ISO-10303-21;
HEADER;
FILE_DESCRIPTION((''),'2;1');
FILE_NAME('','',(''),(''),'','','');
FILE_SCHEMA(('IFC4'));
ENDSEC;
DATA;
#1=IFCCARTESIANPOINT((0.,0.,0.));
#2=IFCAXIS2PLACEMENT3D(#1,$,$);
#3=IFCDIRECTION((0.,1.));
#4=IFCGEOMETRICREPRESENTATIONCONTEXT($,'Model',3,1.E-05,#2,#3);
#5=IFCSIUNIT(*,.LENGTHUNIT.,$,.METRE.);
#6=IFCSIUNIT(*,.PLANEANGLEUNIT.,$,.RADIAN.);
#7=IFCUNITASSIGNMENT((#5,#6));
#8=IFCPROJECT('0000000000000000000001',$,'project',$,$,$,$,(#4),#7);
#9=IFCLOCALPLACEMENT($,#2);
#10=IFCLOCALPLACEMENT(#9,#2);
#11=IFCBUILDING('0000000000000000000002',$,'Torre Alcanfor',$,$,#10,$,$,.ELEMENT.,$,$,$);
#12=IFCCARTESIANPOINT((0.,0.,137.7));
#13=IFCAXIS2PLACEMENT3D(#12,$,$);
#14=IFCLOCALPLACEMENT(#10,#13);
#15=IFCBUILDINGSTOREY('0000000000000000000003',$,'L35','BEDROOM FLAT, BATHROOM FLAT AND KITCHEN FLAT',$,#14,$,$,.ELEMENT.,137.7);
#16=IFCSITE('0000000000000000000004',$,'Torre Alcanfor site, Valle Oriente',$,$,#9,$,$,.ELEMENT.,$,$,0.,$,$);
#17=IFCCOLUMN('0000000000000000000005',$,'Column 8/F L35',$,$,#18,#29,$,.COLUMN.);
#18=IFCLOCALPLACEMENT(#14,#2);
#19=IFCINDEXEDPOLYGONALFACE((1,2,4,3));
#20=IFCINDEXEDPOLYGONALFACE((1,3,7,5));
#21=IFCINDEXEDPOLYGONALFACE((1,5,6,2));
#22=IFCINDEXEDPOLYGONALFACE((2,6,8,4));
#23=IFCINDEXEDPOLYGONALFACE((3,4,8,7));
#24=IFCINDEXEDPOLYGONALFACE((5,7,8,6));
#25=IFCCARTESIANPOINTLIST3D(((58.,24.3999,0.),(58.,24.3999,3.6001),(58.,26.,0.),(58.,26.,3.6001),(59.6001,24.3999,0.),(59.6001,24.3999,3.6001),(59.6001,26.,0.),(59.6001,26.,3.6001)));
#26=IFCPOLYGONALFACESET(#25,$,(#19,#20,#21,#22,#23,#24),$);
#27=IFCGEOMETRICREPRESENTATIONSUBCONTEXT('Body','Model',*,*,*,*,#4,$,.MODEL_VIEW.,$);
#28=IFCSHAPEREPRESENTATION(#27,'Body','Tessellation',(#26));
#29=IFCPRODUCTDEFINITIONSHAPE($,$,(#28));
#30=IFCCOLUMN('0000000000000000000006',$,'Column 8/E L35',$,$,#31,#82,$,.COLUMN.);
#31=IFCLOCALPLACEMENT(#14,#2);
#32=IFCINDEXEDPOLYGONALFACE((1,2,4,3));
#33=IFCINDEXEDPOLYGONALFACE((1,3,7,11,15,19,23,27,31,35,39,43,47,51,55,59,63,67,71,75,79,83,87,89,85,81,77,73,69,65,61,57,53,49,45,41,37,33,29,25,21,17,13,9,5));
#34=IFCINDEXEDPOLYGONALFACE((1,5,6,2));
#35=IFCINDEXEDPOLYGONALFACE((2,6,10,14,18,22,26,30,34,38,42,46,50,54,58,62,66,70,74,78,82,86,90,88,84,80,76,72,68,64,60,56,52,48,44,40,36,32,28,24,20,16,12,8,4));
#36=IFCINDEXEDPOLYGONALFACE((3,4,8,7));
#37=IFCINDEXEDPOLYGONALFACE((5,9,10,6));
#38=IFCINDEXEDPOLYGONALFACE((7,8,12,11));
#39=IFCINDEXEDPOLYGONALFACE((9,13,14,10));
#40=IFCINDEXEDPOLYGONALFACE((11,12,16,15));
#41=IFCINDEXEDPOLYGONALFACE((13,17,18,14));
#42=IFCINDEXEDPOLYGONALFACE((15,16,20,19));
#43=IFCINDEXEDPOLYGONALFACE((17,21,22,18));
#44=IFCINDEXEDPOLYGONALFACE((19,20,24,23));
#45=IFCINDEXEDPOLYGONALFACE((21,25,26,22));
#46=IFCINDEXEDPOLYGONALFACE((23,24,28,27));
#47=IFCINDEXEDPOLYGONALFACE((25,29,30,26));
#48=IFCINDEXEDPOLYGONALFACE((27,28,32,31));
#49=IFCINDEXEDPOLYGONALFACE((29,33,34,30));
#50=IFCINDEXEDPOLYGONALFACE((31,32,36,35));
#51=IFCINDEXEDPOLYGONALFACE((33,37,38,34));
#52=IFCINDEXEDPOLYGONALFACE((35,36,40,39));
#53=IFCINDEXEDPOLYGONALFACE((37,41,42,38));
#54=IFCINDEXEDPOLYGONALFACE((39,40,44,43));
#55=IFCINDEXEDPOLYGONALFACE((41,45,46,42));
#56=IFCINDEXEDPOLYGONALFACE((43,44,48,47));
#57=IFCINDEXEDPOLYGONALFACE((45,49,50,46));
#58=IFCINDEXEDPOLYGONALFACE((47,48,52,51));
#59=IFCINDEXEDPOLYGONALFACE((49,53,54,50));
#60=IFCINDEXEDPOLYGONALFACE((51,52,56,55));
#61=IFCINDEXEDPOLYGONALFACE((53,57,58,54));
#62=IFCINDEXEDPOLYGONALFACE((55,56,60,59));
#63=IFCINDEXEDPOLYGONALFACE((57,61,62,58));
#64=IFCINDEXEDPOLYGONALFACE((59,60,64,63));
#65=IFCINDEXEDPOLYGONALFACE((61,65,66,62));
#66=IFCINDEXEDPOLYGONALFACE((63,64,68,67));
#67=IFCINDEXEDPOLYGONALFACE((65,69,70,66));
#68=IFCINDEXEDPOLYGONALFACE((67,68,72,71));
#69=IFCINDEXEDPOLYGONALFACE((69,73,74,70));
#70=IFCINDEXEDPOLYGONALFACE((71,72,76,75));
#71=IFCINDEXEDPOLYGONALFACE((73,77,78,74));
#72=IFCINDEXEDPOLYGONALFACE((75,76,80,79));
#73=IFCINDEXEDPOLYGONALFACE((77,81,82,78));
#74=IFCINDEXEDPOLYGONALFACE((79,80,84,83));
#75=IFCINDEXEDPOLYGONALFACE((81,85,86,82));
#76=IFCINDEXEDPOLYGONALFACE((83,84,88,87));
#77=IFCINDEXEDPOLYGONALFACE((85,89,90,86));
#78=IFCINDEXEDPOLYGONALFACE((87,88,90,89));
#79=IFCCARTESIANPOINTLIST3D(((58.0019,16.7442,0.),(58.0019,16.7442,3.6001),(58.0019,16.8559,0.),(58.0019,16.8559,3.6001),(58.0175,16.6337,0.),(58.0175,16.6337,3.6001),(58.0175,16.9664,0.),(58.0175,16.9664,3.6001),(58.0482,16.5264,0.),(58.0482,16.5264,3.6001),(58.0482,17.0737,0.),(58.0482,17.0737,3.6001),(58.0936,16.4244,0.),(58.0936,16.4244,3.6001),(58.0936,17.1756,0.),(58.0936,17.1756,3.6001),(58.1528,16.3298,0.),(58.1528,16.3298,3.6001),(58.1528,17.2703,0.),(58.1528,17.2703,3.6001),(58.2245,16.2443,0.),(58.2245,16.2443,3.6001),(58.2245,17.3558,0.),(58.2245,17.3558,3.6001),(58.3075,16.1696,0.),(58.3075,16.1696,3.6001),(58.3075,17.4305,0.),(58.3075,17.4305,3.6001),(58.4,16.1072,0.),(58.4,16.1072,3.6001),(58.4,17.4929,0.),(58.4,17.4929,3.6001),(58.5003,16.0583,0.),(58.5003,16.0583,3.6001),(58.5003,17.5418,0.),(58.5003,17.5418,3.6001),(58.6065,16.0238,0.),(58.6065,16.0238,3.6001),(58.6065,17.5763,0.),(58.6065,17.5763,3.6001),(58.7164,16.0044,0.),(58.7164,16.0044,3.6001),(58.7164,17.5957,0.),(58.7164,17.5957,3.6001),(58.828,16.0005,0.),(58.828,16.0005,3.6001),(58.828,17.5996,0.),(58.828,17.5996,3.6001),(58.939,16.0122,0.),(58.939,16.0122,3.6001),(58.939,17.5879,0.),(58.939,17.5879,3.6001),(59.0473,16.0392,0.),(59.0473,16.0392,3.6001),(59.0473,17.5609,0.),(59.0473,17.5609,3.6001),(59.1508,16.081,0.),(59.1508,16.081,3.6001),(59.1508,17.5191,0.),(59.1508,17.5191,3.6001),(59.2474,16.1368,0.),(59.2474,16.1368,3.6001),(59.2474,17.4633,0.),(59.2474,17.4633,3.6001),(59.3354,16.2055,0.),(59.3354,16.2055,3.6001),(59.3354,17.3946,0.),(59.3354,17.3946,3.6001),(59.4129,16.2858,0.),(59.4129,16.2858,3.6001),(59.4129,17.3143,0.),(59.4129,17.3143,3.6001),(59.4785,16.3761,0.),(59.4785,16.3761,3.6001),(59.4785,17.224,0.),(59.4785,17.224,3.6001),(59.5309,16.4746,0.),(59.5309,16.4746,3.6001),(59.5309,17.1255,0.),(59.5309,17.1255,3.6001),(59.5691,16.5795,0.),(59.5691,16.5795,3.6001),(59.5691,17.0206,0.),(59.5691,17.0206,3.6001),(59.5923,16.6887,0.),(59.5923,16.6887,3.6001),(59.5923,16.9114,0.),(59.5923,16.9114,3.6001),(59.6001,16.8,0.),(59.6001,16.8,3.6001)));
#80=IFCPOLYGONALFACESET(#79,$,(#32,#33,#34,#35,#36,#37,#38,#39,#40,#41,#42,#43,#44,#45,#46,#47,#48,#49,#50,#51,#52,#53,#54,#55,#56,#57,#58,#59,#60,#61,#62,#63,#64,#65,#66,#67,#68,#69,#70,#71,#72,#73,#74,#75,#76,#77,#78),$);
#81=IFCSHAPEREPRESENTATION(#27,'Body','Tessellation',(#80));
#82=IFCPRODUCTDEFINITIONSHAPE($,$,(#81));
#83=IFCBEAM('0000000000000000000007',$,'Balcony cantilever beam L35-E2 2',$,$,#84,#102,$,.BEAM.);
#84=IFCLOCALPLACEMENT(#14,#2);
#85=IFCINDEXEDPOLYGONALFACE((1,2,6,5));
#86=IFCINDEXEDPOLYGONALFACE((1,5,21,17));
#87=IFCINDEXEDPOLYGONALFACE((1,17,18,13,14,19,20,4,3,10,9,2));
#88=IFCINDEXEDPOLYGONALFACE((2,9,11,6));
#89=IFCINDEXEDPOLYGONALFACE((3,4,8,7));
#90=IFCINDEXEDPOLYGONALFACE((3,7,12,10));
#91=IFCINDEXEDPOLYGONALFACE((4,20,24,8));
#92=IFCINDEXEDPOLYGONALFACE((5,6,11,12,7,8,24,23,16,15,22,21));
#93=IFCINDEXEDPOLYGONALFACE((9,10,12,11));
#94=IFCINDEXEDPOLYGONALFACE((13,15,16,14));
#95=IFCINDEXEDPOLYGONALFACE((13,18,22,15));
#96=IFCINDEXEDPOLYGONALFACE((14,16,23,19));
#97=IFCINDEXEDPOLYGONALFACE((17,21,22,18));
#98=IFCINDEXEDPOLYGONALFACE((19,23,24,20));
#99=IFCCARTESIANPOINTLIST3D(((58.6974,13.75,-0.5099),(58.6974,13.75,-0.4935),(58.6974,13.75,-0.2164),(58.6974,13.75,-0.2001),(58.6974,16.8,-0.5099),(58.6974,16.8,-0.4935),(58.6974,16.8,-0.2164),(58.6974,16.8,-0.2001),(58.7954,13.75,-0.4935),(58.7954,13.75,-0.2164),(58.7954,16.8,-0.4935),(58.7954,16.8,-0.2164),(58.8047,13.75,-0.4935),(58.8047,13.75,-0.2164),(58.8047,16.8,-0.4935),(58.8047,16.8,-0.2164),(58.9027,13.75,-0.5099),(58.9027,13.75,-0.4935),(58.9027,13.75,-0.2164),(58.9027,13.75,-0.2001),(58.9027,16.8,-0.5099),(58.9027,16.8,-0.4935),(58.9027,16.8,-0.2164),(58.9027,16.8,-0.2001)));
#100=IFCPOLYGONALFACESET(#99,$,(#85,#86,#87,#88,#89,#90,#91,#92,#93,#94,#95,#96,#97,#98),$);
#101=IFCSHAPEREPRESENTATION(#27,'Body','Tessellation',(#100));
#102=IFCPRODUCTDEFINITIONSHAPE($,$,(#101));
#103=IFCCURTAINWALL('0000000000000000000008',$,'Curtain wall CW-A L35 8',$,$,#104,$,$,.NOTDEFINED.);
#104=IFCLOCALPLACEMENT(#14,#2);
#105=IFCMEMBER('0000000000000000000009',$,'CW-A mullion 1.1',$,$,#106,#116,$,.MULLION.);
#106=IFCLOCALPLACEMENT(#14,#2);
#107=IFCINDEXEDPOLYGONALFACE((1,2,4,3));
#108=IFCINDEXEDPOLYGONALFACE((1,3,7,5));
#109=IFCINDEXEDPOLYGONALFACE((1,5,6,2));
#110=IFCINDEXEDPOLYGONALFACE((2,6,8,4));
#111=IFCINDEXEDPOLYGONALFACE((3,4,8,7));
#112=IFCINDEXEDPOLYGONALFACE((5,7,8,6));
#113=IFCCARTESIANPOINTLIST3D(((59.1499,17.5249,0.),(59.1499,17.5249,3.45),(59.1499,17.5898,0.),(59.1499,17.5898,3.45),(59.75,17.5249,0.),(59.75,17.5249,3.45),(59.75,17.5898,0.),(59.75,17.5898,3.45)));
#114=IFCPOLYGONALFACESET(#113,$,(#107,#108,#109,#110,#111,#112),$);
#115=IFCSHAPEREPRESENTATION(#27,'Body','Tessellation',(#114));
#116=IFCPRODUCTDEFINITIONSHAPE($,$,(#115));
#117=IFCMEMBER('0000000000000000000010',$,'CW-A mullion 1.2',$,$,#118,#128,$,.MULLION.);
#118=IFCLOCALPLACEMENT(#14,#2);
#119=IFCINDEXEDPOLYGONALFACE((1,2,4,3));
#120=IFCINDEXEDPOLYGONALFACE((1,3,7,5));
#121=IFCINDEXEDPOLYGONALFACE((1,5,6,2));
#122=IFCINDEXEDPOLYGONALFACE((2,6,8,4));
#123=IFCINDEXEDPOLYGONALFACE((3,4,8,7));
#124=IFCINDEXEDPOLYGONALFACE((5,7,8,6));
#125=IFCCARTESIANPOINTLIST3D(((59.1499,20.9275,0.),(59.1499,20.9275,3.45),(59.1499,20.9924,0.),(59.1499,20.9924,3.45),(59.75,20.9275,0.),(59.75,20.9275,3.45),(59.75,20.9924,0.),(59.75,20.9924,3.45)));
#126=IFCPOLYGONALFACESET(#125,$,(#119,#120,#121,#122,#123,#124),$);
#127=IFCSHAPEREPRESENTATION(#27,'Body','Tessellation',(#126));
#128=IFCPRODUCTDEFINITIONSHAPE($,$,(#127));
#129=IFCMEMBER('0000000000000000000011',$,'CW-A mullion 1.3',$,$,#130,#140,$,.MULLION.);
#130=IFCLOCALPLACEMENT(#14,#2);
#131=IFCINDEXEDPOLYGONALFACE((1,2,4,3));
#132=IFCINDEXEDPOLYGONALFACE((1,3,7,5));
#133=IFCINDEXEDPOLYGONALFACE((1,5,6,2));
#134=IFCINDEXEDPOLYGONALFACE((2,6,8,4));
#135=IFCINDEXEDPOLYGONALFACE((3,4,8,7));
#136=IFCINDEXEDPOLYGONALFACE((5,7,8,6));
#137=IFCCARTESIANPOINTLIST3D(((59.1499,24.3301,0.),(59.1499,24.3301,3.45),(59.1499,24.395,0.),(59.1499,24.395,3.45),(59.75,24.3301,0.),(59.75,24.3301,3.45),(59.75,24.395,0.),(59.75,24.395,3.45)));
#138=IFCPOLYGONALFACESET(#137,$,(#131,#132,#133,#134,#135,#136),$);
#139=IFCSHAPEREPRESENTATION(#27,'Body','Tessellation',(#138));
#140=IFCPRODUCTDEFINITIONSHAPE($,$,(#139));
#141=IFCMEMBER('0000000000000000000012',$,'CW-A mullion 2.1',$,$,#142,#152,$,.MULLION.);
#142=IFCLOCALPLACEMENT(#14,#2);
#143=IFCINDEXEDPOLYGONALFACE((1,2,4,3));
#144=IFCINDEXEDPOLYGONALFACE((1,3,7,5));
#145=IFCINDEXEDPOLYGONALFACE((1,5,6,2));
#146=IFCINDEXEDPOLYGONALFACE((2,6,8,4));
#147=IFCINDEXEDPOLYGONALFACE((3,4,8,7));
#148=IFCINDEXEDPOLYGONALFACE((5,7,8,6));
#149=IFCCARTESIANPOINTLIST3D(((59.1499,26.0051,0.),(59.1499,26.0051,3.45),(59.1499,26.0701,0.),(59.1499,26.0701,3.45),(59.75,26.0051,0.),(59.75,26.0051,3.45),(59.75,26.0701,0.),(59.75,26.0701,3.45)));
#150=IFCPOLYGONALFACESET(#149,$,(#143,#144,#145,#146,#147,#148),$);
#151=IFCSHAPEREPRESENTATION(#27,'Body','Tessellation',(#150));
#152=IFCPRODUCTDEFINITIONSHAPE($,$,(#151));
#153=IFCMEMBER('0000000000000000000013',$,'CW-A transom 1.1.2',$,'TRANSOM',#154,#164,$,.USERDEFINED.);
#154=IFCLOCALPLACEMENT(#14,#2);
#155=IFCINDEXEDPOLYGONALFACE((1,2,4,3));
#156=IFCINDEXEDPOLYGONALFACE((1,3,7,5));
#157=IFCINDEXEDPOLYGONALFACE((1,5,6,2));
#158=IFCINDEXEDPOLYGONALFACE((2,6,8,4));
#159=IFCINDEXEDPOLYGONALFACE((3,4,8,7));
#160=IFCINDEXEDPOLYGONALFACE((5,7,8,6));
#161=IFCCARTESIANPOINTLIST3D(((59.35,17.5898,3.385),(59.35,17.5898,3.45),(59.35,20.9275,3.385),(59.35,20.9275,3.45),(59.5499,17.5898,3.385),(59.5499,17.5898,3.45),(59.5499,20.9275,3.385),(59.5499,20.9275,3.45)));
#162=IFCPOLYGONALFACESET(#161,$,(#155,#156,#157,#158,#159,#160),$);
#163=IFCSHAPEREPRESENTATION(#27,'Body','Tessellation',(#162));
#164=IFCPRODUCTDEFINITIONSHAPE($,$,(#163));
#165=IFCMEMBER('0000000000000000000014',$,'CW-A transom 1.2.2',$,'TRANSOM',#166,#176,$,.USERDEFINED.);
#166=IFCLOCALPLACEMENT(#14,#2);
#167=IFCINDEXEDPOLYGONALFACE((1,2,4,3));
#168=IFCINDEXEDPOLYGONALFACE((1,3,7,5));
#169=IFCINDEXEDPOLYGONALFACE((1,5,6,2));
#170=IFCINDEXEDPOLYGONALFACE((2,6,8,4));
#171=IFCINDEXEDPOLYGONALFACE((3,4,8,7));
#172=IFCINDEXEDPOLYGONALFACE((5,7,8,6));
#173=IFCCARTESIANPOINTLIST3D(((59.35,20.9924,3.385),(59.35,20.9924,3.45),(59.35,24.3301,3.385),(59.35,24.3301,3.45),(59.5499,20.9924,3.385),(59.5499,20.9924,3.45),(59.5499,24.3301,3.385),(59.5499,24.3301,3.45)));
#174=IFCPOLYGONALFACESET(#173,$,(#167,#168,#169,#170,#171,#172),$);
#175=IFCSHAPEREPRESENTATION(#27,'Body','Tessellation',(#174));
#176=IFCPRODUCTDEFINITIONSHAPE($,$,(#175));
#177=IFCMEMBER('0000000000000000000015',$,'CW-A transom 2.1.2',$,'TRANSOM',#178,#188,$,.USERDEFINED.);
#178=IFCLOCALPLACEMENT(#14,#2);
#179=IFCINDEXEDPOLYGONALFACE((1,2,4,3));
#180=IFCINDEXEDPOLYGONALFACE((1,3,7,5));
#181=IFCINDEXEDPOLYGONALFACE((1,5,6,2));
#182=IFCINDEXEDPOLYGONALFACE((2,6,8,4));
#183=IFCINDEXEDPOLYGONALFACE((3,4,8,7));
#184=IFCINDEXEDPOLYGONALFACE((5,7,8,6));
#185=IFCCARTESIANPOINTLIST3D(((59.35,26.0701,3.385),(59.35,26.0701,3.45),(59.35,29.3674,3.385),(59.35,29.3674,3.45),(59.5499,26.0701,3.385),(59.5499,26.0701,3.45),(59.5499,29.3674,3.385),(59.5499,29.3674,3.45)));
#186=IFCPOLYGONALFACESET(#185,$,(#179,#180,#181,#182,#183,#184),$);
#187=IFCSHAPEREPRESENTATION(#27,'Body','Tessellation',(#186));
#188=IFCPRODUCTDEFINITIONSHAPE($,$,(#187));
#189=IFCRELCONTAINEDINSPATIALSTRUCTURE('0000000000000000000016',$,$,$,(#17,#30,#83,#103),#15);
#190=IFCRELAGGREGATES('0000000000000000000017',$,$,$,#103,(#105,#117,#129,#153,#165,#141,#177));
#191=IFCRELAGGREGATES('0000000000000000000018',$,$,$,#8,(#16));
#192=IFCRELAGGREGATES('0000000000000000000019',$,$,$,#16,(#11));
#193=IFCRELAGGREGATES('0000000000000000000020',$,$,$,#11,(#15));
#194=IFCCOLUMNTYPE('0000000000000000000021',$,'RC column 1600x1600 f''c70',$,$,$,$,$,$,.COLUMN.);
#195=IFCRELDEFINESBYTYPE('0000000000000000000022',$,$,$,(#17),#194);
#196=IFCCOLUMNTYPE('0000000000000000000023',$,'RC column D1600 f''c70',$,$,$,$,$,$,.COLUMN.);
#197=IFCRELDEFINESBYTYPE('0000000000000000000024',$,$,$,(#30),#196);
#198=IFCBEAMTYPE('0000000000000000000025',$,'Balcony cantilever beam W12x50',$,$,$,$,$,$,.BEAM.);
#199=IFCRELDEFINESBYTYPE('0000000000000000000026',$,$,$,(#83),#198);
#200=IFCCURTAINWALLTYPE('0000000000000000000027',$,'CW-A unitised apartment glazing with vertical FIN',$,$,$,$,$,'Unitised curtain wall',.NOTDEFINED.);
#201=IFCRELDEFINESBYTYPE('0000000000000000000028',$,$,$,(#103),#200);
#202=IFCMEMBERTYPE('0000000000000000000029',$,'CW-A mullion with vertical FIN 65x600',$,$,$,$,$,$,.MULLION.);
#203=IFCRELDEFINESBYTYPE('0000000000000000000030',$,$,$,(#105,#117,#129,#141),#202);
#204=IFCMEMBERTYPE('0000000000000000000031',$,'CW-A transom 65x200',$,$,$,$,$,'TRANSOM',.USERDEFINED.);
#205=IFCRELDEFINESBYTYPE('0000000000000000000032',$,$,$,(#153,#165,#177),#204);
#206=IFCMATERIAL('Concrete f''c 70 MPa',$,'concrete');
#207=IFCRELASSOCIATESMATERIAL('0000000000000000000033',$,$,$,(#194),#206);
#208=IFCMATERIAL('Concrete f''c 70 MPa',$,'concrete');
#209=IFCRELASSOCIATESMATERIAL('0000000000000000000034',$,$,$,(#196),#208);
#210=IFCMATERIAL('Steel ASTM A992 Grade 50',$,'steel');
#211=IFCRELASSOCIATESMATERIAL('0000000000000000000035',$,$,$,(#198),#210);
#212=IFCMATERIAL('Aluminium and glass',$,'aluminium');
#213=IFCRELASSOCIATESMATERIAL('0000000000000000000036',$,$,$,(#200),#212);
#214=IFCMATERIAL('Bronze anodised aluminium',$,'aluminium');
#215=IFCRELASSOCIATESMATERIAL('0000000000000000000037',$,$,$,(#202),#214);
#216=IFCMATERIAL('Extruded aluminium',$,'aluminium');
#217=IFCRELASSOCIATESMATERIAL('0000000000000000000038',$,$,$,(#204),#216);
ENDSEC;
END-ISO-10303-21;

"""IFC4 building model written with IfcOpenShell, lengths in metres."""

from ifc_helpers import new_model, si_unit, direction, frame, origin, origin_2d, place, context, subcontext, project, spatial, rectangle, circle, i_section, extrude, material, material_profile, profile_set, type_object, element, aggregate, save


model = new_model("IFC4")

# Units and contexts
model_context = context("Model", 3, precision=1e-05, world=origin(), true_north=direction((0.0, 1.0)))
body_context = subcontext(model_context, "Body", "Model", "MODEL_VIEW")
ifc_project = project(units=[si_unit("LENGTHUNIT", "METRE"), si_unit("PLANEANGLEUNIT", "RADIAN")], contexts=[model_context])

# Site, building, storey
site_placement = place(None, origin())
site = spatial("IfcSite", under=ifc_project, at=site_placement, Name="Torre Alcanfor site, Valle Oriente", CompositionType="ELEMENT", RefElevation=0.0)
building_placement = place(site_placement, origin())
building = spatial("IfcBuilding", under=site, at=building_placement, Name="Torre Alcanfor", CompositionType="ELEMENT")
storey_placement = place(building_placement, frame((0.0, 0.0, 137.7)))
storey = spatial("IfcBuildingStorey", under=building, at=storey_placement, Name="L35", Description="BEDROOM FLAT, BATHROOM FLAT AND KITCHEN FLAT", CompositionType="ELEMENT", Elevation=137.7)

# Columns
ifc_material_1 = material(Name="Concrete f'c 70 MPa", Category="concrete")
ifc_material_profile_1 = material_profile(ifc_material_1, rectangle(XDim=1.6001, YDim=1.6001, at=origin_2d()), Name="1600x1600")
ifc_profile_set_1 = profile_set([ifc_material_profile_1], Name="Concrete f'c 70 MPa")
column_type_1 = type_object("IfcColumnType", Name="RC column 1600x1600 f'c70", PredefinedType="COLUMN", material=ifc_profile_set_1)
column_1_placement = place(storey_placement, frame((58.8, 25.2, 0.0), z_axis=(0.0, 0.0, 1.0), x_axis=(1.0, 0.0, 0.0)))
element("IfcColumn", 1, at=column_1_placement, inside=storey, type_object=column_type_1, Name="Column 8/F L35", PredefinedType="COLUMN", context=body_context, shape_type="SweptSolid", body=[
    extrude(rectangle(XDim=1.6001, YDim=1.6001, at=origin_2d()), origin(), (0.0, 0.0, 1.0), 3.6001),
])
ifc_material_2 = material(Name="Concrete f'c 70 MPa", Category="concrete")
ifc_material_profile_2 = material_profile(ifc_material_2, circle(Radius=0.8, at=origin_2d()), Name="D1600")
ifc_profile_set_2 = profile_set([ifc_material_profile_2], Name="Concrete f'c 70 MPa")
column_type_2 = type_object("IfcColumnType", Name="RC column D1600 f'c70", PredefinedType="COLUMN", material=ifc_profile_set_2)
column_2_placement = place(storey_placement, frame((58.8, 16.8, 0.0), z_axis=(0.0, 0.0, 1.0), x_axis=(1.0, 0.0, 0.0)))
element("IfcColumn", 2, at=column_2_placement, inside=storey, type_object=column_type_2, Name="Column 8/E L35", PredefinedType="COLUMN", context=body_context, shape_type="SweptSolid", body=[
    extrude(circle(Radius=0.8, at=origin_2d()), origin(), (0.0, 0.0, 1.0), 3.6001),
])

# Beam
ifc_material_3 = material(Name="Steel ASTM A992 Grade 50", Category="steel")
ifc_material_profile_3 = material_profile(ifc_material_3, i_section(OverallWidth=0.2053, OverallDepth=0.3098, WebThickness=0.0093, FlangeThickness=0.0164, at=origin_2d()), Name="W12x50")
ifc_profile_set_3 = profile_set([ifc_material_profile_3], Name="Steel ASTM A992 Grade 50")
beam_type_1 = type_object("IfcBeamType", Name="Balcony cantilever beam W12x50", PredefinedType="BEAM", material=ifc_profile_set_3)
beam_1_placement = place(storey_placement, frame((58.8, 16.8, -0.355), z_axis=(0.0, -1.0, 0.0), x_axis=(1.0, 0.0, 0.0)))
element("IfcBeam", 3, at=beam_1_placement, inside=storey, type_object=beam_type_1, Name="Balcony cantilever beam L35-E2 2", PredefinedType="BEAM", context=body_context, shape_type="SweptSolid", body=[
    extrude(i_section(OverallWidth=0.2053, OverallDepth=0.3098, WebThickness=0.0093, FlangeThickness=0.0164, at=origin_2d()), origin(), (0.0, 0.0, 1.0), 3.05),
])

# Curtain wall, members
ifc_material_4 = material(Name="Aluminium and glass", Category="aluminium")
curtain_wall_type = type_object("IfcCurtainWallType", Name="CW-A unitised apartment glazing with vertical FIN", ElementType="Unitised curtain wall", PredefinedType="NOTDEFINED", material=ifc_material_4)
curtain_wall_placement = place(storey_placement, origin())
curtain_wall = element("IfcCurtainWall", 4, at=curtain_wall_placement, inside=storey, type_object=curtain_wall_type, Name="Curtain wall CW-A L35 8", PredefinedType="NOTDEFINED")
ifc_material_5 = material(Name="Bronze anodised aluminium", Category="aluminium")
ifc_material_profile_4 = material_profile(ifc_material_5, rectangle(XDim=0.6001, YDim=0.0649, at=origin_2d()), Name="CW-A mullion 65x600")
ifc_profile_set_4 = profile_set([ifc_material_profile_4], Name="Bronze anodised aluminium")
member_type_1 = type_object("IfcMemberType", Name="CW-A mullion with vertical FIN 65x600", PredefinedType="MULLION", material=ifc_profile_set_4)
member_1_placement = place(storey_placement, frame((59.45, 17.5574, 0.0), z_axis=(0.0, 0.0, 1.0), x_axis=(-1.0, 0.0, 0.0)))
member_1 = element("IfcMember", 5, at=member_1_placement, type_object=member_type_1, Name="CW-A mullion 1.1", PredefinedType="MULLION", context=body_context, shape_type="SweptSolid", body=[
    extrude(rectangle(XDim=0.6001, YDim=0.0649, at=origin_2d()), origin(), (0.0, 0.0, 1.0), 3.45),
])
member_2_placement = place(storey_placement, frame((59.45, 20.96, 0.0), z_axis=(0.0, 0.0, 1.0), x_axis=(-1.0, 0.0, 0.0)))
member_2 = element("IfcMember", 6, at=member_2_placement, type_object=member_type_1, Name="CW-A mullion 1.2", PredefinedType="MULLION", context=body_context, shape_type="SweptSolid", body=[
    extrude(rectangle(XDim=0.6001, YDim=0.0649, at=origin_2d()), origin(), (0.0, 0.0, 1.0), 3.45),
])
member_3_placement = place(storey_placement, frame((59.45, 24.3625, 0.0), z_axis=(0.0, 0.0, 1.0), x_axis=(-1.0, 0.0, 0.0)))
member_3 = element("IfcMember", 7, at=member_3_placement, type_object=member_type_1, Name="CW-A mullion 1.3", PredefinedType="MULLION", context=body_context, shape_type="SweptSolid", body=[
    extrude(rectangle(XDim=0.6001, YDim=0.0649, at=origin_2d()), origin(), (0.0, 0.0, 1.0), 3.45),
])
member_4_placement = place(storey_placement, frame((59.45, 26.0376, 0.0), z_axis=(0.0, 0.0, 1.0), x_axis=(-1.0, 0.0, 0.0)))
member_4 = element("IfcMember", 8, at=member_4_placement, type_object=member_type_1, Name="CW-A mullion 2.1", PredefinedType="MULLION", context=body_context, shape_type="SweptSolid", body=[
    extrude(rectangle(XDim=0.6001, YDim=0.0649, at=origin_2d()), origin(), (0.0, 0.0, 1.0), 3.45),
])
ifc_material_6 = material(Name="Extruded aluminium", Category="aluminium")
ifc_material_profile_5 = material_profile(ifc_material_6, rectangle(XDim=0.2, YDim=0.0649, at=origin_2d()), Name="CW-A transom 200x65")
ifc_profile_set_5 = profile_set([ifc_material_profile_5], Name="Extruded aluminium")
member_type_2 = type_object("IfcMemberType", Name="CW-A transom 65x200", ElementType="TRANSOM", PredefinedType="USERDEFINED", material=ifc_profile_set_5)
member_5_placement = place(storey_placement, frame((59.45, 17.5898, 3.4175), z_axis=(0.0, 1.0, 0.0), x_axis=(-1.0, 0.0, 0.0)))
member_5 = element("IfcMember", 9, at=member_5_placement, type_object=member_type_2, Name="CW-A transom 1.1.2", ObjectType="TRANSOM", PredefinedType="USERDEFINED", context=body_context, shape_type="SweptSolid", body=[
    extrude(rectangle(XDim=0.2, YDim=0.0649, at=origin_2d()), origin(), (0.0, 0.0, 1.0), 3.3376),
])
member_6_placement = place(storey_placement, frame((59.45, 20.9924, 3.4175), z_axis=(0.0, 1.0, 0.0), x_axis=(-1.0, 0.0, 0.0)))
member_6 = element("IfcMember", 10, at=member_6_placement, type_object=member_type_2, Name="CW-A transom 1.2.2", ObjectType="TRANSOM", PredefinedType="USERDEFINED", context=body_context, shape_type="SweptSolid", body=[
    extrude(rectangle(XDim=0.2, YDim=0.0649, at=origin_2d()), origin(), (0.0, 0.0, 1.0), 3.3376),
])
member_7_placement = place(storey_placement, frame((59.45, 26.0701, 3.4175), z_axis=(0.0, 1.0, 0.0), x_axis=(-1.0, 0.0, 0.0)))
member_7 = element("IfcMember", 11, at=member_7_placement, type_object=member_type_2, Name="CW-A transom 2.1.2", ObjectType="TRANSOM", PredefinedType="USERDEFINED", context=body_context, shape_type="SweptSolid", body=[
    extrude(rectangle(XDim=0.2, YDim=0.0649, at=origin_2d()), origin(), (0.0, 0.0, 1.0), 3.2974),
])

aggregate(curtain_wall, [member_1, member_2, member_3, member_5, member_6, member_4, member_7])

save(model, "model.ifc")
